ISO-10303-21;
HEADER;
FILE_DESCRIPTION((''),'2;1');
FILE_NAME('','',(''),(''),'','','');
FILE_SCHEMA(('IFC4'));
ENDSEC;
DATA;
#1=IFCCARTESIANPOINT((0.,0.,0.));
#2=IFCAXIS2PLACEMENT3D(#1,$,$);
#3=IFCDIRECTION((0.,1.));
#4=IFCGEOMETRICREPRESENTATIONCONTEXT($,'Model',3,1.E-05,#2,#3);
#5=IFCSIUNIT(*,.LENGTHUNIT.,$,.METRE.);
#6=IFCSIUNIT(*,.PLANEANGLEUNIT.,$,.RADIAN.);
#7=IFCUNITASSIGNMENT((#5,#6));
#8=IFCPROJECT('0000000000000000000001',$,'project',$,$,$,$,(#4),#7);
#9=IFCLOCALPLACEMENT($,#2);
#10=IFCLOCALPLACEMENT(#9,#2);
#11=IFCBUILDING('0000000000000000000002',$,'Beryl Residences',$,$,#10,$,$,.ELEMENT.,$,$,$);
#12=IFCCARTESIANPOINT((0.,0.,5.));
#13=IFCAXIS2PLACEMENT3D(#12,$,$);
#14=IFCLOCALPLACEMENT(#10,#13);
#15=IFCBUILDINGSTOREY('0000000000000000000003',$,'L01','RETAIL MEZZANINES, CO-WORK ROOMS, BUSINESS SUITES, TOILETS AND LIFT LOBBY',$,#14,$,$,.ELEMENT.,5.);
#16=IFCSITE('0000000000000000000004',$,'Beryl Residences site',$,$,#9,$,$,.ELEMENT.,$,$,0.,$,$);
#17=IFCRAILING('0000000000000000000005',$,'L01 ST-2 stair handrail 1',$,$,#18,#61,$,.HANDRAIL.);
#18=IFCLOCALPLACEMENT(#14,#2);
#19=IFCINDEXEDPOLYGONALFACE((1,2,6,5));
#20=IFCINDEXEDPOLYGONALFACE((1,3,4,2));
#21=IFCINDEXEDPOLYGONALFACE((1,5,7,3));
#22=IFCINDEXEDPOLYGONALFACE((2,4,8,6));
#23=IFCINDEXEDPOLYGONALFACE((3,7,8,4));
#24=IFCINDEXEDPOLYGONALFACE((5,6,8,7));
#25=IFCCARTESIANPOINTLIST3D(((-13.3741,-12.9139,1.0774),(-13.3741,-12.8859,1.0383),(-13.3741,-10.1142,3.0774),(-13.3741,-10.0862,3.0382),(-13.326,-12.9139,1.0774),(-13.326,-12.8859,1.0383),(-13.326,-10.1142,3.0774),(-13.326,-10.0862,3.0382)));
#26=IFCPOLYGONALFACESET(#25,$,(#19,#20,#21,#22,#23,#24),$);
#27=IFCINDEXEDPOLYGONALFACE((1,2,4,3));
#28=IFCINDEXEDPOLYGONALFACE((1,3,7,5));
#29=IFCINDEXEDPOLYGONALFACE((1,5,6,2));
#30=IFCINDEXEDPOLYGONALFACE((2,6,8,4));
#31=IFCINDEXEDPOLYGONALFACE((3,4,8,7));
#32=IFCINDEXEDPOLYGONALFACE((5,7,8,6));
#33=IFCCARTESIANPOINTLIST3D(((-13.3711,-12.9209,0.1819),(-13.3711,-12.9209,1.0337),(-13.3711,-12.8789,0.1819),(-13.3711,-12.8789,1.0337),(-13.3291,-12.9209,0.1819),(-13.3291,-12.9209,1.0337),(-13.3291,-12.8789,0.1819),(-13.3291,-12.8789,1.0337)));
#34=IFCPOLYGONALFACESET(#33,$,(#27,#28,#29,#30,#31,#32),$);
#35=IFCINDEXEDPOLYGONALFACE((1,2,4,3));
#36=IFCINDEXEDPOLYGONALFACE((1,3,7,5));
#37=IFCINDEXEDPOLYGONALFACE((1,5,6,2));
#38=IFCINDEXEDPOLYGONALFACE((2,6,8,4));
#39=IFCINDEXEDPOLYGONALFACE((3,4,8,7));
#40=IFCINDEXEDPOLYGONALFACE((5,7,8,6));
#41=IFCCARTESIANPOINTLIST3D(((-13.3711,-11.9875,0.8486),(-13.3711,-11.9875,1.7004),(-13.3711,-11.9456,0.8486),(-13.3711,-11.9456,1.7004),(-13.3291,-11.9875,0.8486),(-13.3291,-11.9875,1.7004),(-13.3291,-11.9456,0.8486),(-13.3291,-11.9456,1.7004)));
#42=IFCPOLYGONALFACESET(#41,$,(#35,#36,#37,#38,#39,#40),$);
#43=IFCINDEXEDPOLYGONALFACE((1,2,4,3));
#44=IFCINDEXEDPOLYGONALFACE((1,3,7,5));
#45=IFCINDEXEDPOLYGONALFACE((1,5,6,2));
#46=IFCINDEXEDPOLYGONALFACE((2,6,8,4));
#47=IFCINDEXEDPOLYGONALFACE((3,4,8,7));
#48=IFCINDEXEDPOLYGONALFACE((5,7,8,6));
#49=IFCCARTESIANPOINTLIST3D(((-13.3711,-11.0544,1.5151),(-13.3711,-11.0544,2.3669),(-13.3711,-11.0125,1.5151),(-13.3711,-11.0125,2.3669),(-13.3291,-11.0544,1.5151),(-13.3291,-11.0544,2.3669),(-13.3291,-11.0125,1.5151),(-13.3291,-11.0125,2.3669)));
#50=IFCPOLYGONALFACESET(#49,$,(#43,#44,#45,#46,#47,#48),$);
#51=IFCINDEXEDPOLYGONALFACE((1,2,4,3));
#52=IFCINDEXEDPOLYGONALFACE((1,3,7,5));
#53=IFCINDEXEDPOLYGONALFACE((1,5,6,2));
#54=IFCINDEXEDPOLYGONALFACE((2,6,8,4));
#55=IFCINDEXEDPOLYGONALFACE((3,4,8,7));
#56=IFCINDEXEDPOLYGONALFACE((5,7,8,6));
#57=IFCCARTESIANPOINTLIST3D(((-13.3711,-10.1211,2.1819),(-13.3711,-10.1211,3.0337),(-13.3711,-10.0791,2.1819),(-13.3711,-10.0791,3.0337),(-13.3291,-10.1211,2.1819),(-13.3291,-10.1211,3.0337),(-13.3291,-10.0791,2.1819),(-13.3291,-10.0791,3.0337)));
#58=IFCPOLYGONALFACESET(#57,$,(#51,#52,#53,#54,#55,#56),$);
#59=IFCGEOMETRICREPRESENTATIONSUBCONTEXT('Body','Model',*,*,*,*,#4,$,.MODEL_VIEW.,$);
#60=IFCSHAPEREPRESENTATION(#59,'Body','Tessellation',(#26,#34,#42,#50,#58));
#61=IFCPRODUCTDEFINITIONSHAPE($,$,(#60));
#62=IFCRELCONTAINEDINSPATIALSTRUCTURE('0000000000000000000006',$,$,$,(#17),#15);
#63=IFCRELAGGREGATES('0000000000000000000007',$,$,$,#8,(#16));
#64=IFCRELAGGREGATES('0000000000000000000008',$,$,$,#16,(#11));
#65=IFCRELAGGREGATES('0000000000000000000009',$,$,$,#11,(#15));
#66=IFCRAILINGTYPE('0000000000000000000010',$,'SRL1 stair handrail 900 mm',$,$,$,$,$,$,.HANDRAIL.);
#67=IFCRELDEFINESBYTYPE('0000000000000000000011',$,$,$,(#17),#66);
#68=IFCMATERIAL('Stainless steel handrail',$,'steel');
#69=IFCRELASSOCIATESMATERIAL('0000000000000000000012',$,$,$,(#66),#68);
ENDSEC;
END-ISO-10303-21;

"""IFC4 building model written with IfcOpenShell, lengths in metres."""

from ifc_helpers import new_model, si_unit, direction, frame, origin, origin_2d, place, context, subcontext, project, spatial, rectangle, extrude, material, type_object, element, save


model = new_model("IFC4")

# Units and contexts
model_context = context("Model", 3, precision=1e-05, world=origin(), true_north=direction((0.0, 1.0)))
body_context = subcontext(model_context, "Body", "Model", "MODEL_VIEW")
ifc_project = project(units=[si_unit("LENGTHUNIT", "METRE"), si_unit("PLANEANGLEUNIT", "RADIAN")], contexts=[model_context])

# Site, building, storey
site_placement = place(None, origin())
site = spatial("IfcSite", under=ifc_project, at=site_placement, Name="Beryl Residences site", CompositionType="ELEMENT", RefElevation=0.0)
building_placement = place(site_placement, origin())
building = spatial("IfcBuilding", under=site, at=building_placement, Name="Beryl Residences", CompositionType="ELEMENT")
storey_placement = place(building_placement, frame((0.0, 0.0, 5.0)))
storey = spatial("IfcBuildingStorey", under=building, at=storey_placement, Name="L01", Description="RETAIL MEZZANINES, CO-WORK ROOMS, BUSINESS SUITES, TOILETS AND LIFT LOBBY", CompositionType="ELEMENT", Elevation=5.0)

# Railing
ifc_material_1 = material(Name="Stainless steel handrail", Category="steel")
railing_type_1 = type_object("IfcRailingType", Name="SRL1 stair handrail 900 mm", PredefinedType="HANDRAIL", material=ifc_material_1)
railing_1_placement = place(storey_placement, frame((-13.3501, -12.8999, 0.1819)))
element("IfcRailing", 1, at=railing_1_placement, inside=storey, type_object=railing_type_1, Name="L01 ST-2 stair handrail 1", PredefinedType="HANDRAIL", context=body_context, shape_type="SweptSolid", body=[
    extrude(rectangle(XDim=0.0481, YDim=0.0481, at=origin_2d()), frame((0.0, 0.0, 0.876), z_axis=(0.0, 0.813714, 0.581265), x_axis=(-1.0, 0.0, 0.0)), (0.0, 0.0, 1.0), 3.4407),
    extrude(rectangle(XDim=0.042, YDim=0.042, at=origin_2d()), origin(), (0.0, 0.0, 1.0), 0.8518),
    extrude(rectangle(XDim=0.042, YDim=0.042, at=origin_2d()), frame((0.0, 0.9333, 0.6667)), (0.0, 0.0, 1.0), 0.8518),
    extrude(rectangle(XDim=0.042, YDim=0.042, at=origin_2d()), frame((0.0, 1.8665, 1.3333)), (0.0, 0.0, 1.0), 0.8518),
    extrude(rectangle(XDim=0.042, YDim=0.042, at=origin_2d()), frame((0.0, 2.7998, 2.0)), (0.0, 0.0, 1.0), 0.8518),
])

save(model, "model.ifc")
